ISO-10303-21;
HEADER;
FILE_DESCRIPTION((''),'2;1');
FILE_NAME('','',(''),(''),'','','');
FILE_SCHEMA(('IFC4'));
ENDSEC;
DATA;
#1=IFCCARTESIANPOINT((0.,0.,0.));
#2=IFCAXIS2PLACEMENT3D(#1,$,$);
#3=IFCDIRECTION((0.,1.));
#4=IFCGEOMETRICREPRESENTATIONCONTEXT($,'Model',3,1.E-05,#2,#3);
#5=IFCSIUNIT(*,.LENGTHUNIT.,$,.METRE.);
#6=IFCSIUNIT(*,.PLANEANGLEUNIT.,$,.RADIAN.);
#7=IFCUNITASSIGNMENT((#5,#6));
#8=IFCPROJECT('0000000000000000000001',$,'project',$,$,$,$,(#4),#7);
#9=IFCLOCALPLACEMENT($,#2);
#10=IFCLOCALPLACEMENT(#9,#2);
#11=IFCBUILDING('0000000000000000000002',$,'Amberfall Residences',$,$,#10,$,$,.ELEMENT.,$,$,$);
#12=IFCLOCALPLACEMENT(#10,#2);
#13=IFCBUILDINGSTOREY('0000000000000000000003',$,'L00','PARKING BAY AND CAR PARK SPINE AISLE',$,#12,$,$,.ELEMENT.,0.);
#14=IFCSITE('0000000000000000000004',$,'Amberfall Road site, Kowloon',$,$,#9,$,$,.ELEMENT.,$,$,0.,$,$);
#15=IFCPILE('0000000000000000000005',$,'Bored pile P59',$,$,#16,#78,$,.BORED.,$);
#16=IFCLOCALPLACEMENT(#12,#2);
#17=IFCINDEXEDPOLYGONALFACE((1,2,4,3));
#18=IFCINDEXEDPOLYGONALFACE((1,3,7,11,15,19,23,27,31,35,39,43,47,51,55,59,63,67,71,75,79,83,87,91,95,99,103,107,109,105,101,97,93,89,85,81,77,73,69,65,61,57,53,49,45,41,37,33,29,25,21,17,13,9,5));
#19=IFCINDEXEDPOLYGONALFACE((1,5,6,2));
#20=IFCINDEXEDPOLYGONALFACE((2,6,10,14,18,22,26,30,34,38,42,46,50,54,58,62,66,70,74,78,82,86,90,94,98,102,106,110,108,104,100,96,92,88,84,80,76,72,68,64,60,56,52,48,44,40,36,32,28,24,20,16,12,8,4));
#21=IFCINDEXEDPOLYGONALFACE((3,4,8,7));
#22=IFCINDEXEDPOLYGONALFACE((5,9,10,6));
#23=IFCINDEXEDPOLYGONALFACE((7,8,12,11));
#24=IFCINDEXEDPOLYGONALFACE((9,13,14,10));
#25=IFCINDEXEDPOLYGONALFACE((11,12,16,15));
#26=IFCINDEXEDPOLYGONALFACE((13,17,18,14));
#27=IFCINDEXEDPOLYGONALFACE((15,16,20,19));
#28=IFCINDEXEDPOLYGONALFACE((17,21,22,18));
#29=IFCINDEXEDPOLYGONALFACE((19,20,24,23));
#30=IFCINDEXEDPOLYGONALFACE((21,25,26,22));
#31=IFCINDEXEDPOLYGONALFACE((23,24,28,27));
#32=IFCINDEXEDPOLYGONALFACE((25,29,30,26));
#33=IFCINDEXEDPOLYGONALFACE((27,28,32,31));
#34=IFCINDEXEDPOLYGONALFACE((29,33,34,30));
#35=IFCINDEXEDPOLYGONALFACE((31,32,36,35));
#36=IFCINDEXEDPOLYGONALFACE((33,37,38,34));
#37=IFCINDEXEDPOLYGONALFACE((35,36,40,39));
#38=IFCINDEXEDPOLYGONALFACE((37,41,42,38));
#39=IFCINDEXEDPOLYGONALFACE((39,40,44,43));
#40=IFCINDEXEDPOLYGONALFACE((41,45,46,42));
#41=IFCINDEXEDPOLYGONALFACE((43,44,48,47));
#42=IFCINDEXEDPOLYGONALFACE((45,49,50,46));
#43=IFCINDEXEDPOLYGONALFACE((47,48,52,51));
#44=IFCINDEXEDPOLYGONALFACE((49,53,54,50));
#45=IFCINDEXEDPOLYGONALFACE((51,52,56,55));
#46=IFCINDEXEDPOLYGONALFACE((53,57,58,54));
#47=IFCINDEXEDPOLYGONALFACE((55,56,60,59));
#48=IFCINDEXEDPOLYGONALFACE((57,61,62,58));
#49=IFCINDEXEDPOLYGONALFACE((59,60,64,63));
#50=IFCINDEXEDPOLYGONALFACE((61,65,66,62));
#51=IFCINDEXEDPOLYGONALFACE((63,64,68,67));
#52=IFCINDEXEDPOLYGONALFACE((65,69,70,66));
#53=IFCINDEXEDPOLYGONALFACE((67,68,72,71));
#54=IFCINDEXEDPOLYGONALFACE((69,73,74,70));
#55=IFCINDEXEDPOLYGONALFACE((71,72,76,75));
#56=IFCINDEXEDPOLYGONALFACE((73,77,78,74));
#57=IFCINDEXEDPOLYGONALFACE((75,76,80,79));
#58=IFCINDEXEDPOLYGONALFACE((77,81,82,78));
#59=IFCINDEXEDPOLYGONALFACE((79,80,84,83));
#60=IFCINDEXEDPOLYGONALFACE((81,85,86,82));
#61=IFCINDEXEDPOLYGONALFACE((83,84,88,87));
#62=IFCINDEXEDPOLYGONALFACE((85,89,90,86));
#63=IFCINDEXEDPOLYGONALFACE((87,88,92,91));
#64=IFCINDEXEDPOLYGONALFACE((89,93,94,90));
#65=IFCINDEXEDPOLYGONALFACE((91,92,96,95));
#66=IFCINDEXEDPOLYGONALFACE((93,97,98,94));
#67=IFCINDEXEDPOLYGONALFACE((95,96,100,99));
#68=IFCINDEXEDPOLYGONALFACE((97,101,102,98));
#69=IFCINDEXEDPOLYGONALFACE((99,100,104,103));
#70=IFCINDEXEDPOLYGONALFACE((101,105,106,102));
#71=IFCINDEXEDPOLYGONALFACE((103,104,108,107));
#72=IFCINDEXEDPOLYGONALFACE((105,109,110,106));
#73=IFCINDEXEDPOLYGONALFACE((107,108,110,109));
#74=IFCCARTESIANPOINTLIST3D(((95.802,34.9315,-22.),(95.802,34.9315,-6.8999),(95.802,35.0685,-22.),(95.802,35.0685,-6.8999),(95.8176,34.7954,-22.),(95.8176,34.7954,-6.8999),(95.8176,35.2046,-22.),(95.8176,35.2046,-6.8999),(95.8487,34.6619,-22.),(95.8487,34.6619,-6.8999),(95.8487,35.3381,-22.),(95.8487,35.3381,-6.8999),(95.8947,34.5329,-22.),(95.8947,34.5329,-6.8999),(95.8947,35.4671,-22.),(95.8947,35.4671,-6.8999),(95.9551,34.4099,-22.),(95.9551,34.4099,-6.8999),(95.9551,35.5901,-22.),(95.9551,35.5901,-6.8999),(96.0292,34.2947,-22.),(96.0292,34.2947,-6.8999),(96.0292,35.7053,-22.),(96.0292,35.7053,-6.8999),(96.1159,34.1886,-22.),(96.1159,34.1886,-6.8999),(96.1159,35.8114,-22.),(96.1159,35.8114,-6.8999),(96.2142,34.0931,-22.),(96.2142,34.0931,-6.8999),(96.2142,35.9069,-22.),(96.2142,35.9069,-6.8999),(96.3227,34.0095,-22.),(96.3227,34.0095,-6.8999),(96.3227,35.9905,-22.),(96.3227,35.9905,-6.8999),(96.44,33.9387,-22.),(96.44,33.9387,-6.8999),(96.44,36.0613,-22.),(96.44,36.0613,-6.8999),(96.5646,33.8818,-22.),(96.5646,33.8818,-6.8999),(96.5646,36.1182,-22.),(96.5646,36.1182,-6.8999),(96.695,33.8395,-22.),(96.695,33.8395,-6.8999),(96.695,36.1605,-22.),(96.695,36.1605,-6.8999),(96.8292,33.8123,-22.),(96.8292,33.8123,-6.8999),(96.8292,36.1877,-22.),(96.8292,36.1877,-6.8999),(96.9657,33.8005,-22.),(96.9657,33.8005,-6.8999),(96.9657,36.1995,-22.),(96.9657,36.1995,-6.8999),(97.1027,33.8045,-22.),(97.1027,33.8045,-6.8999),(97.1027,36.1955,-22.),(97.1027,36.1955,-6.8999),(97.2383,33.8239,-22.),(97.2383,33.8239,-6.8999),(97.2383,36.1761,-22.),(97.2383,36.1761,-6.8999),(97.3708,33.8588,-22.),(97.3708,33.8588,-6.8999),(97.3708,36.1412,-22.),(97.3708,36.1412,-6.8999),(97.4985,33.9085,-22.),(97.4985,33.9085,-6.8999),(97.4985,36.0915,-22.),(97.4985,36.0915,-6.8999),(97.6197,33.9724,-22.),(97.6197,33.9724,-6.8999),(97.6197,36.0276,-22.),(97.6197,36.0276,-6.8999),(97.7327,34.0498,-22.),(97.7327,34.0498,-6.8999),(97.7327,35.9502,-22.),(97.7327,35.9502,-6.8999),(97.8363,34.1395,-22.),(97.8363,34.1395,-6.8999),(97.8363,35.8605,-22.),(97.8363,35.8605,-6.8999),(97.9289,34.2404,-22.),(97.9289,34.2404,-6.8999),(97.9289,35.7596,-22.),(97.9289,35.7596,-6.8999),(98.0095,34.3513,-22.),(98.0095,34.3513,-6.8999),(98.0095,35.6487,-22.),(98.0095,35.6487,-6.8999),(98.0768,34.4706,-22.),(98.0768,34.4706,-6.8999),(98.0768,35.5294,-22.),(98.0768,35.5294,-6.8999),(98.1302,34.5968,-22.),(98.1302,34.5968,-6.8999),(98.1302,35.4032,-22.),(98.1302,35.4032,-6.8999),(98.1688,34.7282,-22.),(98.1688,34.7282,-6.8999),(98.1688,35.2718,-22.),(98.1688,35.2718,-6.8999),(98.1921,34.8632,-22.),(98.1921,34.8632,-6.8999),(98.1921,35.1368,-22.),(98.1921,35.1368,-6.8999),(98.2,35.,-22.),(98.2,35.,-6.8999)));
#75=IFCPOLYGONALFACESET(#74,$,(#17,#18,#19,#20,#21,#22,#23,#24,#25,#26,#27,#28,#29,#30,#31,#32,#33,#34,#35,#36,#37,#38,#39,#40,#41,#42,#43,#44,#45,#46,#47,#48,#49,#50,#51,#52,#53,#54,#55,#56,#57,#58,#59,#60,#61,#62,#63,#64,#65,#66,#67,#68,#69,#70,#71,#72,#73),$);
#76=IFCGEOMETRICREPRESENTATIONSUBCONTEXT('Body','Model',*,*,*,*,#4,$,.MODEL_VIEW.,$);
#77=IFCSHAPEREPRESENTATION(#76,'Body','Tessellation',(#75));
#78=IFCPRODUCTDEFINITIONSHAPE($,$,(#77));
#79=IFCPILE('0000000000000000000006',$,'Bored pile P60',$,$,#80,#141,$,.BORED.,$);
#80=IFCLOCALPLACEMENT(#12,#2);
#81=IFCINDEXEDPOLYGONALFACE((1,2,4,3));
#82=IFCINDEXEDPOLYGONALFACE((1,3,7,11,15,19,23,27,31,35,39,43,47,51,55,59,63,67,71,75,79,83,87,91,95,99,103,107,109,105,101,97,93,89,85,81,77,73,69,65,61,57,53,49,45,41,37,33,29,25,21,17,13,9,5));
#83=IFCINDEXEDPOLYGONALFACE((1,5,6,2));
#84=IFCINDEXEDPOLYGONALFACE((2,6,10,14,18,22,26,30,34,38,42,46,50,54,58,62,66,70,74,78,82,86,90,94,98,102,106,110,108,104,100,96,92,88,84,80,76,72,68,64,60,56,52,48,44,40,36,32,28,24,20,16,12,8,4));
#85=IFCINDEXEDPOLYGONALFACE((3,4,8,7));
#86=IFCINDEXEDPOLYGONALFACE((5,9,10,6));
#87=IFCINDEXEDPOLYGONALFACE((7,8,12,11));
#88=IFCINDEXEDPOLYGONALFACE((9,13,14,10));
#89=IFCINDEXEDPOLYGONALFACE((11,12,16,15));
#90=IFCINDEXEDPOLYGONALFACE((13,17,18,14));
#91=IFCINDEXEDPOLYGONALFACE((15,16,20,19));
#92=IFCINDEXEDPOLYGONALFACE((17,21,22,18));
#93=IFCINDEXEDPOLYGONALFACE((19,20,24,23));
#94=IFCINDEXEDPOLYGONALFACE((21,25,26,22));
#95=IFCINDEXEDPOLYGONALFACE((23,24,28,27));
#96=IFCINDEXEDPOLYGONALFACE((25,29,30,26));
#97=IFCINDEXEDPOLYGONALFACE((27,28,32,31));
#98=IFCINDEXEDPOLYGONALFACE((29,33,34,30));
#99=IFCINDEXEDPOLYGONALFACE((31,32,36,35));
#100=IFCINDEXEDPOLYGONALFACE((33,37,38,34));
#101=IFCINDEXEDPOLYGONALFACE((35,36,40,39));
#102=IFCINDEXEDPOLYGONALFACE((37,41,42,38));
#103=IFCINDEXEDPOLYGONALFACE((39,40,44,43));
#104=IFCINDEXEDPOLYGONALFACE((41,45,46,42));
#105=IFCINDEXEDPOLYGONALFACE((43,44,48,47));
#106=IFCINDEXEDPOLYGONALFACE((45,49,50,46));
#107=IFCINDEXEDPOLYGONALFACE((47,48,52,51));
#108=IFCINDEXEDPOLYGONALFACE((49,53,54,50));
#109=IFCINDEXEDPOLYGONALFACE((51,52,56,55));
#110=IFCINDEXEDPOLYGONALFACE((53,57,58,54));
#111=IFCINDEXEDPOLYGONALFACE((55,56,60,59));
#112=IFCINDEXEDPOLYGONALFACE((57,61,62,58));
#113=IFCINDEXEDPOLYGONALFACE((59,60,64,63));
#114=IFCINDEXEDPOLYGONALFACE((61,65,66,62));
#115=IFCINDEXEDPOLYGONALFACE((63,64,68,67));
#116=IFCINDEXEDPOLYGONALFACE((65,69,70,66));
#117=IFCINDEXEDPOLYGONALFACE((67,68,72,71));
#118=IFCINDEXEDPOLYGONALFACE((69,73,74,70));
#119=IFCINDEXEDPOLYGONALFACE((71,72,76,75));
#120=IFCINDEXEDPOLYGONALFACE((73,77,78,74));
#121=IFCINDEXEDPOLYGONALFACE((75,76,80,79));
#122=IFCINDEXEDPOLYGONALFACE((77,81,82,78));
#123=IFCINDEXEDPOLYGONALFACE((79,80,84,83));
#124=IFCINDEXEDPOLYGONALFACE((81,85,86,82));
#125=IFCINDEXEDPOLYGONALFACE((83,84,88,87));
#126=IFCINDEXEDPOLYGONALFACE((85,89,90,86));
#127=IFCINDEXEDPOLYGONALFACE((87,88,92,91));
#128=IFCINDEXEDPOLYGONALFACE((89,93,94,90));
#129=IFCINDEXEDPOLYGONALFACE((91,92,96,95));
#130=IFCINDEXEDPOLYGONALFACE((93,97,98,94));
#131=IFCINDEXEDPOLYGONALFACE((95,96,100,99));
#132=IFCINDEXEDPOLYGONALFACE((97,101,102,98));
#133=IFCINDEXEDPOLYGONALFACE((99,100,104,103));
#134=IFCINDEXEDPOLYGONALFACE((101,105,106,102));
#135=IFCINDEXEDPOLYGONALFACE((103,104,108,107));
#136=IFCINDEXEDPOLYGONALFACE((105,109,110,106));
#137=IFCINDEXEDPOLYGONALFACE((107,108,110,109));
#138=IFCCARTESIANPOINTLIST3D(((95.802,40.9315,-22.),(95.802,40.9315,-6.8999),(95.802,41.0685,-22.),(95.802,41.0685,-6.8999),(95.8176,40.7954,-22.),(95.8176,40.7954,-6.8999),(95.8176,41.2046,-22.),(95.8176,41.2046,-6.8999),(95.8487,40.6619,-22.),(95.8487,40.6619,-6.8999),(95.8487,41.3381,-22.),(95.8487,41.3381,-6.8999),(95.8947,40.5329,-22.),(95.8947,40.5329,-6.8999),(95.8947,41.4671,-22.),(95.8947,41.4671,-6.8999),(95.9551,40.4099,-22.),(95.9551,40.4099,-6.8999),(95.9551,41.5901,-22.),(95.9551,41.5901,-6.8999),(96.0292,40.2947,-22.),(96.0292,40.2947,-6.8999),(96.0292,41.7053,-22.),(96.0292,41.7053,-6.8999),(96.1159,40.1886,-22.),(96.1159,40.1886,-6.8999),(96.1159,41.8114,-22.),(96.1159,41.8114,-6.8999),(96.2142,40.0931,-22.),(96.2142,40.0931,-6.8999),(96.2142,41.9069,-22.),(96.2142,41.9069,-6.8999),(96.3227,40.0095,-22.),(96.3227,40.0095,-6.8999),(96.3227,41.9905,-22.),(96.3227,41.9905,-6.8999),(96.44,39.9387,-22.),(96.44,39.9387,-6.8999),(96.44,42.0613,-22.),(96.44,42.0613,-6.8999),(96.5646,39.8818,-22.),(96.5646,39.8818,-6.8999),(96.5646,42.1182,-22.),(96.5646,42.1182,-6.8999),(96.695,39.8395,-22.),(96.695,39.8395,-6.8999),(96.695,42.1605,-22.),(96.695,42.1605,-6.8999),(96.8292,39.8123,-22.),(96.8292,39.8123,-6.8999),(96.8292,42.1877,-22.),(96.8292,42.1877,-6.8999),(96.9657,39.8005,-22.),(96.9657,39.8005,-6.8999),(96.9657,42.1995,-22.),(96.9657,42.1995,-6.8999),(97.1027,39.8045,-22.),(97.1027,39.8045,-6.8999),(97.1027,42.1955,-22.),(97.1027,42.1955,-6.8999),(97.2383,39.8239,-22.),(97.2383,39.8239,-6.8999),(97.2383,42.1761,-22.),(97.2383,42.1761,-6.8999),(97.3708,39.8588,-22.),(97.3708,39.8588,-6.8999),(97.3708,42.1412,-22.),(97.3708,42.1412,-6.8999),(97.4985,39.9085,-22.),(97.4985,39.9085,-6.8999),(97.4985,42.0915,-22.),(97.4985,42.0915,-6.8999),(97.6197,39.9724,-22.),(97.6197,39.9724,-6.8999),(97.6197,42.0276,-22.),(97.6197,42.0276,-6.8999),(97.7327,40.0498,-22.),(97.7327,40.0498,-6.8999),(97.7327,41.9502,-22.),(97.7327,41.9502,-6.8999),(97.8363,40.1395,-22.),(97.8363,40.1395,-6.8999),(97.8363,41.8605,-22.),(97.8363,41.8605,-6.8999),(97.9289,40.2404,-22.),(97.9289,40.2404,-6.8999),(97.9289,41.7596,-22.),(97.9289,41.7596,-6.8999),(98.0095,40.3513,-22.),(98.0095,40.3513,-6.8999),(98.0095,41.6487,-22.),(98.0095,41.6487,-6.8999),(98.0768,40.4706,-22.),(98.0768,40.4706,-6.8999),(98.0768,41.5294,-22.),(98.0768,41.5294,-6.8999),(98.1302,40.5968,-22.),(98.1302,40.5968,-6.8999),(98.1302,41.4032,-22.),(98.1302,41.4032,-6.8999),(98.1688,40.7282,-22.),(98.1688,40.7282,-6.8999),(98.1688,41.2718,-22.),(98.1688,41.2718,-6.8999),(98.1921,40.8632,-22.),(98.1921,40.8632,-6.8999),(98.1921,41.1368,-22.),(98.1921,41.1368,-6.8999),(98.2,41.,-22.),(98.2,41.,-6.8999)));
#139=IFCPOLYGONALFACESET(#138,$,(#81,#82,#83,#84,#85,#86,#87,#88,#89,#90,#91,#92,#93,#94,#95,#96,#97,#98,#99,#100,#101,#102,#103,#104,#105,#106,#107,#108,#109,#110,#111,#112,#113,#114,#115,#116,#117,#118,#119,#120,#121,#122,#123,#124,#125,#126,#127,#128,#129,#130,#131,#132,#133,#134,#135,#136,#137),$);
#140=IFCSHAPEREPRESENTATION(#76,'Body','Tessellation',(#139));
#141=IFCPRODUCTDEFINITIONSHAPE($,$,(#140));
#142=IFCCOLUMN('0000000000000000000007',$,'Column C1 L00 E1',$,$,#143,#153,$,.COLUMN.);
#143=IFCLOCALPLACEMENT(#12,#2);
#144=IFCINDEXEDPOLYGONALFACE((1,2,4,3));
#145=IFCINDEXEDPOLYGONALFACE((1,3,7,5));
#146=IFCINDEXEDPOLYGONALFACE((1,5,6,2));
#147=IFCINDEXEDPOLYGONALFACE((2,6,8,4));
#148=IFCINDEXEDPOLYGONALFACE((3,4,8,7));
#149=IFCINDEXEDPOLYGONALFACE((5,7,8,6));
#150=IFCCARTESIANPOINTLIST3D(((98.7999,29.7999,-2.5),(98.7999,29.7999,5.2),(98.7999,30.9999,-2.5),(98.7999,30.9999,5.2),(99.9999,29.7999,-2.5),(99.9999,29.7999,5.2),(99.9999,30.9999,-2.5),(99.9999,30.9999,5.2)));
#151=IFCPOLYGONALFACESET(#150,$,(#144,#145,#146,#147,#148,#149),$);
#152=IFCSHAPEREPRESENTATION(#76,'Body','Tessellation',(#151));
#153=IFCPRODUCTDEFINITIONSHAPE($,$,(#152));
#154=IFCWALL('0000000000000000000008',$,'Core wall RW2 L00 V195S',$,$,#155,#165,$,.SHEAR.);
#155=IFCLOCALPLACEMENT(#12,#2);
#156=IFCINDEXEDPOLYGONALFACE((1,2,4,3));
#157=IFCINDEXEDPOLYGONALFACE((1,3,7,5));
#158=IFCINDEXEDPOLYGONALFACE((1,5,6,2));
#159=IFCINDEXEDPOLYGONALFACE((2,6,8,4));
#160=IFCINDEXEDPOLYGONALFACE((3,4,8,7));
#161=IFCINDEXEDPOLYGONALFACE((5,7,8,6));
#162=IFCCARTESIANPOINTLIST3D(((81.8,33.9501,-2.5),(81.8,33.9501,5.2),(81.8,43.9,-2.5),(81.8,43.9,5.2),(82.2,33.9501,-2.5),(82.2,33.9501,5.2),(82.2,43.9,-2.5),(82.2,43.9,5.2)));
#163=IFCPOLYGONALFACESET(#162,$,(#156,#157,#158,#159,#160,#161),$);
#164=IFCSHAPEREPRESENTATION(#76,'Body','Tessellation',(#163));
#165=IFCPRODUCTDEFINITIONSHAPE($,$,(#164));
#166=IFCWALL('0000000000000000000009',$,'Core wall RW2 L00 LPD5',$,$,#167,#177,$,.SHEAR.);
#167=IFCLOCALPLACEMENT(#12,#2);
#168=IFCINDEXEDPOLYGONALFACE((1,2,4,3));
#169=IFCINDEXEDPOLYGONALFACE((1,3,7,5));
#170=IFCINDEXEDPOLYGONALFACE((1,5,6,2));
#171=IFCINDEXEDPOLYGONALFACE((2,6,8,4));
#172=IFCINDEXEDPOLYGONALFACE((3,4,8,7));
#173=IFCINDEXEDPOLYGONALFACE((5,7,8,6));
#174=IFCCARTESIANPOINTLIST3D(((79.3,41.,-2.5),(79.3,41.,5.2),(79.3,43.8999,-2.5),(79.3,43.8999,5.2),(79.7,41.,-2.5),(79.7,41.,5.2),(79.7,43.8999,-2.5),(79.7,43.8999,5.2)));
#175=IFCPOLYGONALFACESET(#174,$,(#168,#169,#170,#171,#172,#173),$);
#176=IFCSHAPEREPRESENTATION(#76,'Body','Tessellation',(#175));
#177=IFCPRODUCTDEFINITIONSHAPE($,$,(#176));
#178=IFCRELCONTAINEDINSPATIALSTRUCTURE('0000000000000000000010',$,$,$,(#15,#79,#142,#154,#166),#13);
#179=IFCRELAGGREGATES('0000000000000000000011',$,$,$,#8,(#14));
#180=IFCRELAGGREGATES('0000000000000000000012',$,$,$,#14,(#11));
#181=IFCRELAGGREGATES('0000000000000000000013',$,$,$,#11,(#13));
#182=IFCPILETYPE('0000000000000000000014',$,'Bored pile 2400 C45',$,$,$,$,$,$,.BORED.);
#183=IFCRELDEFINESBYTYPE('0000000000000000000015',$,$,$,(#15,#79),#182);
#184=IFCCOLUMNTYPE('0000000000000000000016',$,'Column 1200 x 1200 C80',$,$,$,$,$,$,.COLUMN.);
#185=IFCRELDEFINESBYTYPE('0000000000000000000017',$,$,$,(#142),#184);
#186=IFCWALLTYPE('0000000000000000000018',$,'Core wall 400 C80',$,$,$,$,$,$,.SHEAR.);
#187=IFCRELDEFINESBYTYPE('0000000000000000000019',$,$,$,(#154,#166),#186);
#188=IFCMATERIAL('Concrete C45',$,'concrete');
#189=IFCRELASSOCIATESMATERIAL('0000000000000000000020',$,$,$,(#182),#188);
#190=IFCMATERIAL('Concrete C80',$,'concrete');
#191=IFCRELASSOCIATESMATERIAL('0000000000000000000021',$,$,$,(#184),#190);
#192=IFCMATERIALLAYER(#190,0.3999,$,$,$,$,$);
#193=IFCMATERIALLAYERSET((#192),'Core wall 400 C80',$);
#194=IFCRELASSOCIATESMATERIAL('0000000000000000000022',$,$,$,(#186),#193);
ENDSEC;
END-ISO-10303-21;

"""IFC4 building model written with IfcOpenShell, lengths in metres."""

from ifc_helpers import new_model, si_unit, direction, frame, frame_2d, origin, origin_2d, place, context, subcontext, project, spatial, rectangle, circle, extrude, material, layer, layer_set, material_profile, profile_set, type_object, element, save


model = new_model("IFC4")

# Units and contexts
model_context = context("Model", 3, precision=1e-05, world=origin(), true_north=direction((0.0, 1.0)))
body_context = subcontext(model_context, "Body", "Model", "MODEL_VIEW")
ifc_project = project(units=[si_unit("LENGTHUNIT", "METRE"), si_unit("PLANEANGLEUNIT", "RADIAN")], contexts=[model_context])

# Site, building, storey
site_placement = place(None, origin())
site = spatial("IfcSite", under=ifc_project, at=site_placement, Name="Amberfall Road site, Kowloon", CompositionType="ELEMENT", RefElevation=0.0)
building_placement = place(site_placement, origin())
building = spatial("IfcBuilding", under=site, at=building_placement, Name="Amberfall Residences", CompositionType="ELEMENT")
storey_placement = place(building_placement, origin())
storey = spatial("IfcBuildingStorey", under=building, at=storey_placement, Name="L00", Description="PARKING BAY AND CAR PARK SPINE AISLE", CompositionType="ELEMENT", Elevation=0.0)

# Piles
ifc_material_1 = material(Name="Concrete C45", Category="concrete")
ifc_material_profile_1 = material_profile(ifc_material_1, circle(Radius=1.2, at=origin_2d()), Name="Bored pile 2400 C45")
ifc_profile_set_1 = profile_set([ifc_material_profile_1], Name="Concrete C45")
pile_type = type_object("IfcPileType", Name="Bored pile 2400 C45", PredefinedType="BORED", material=ifc_profile_set_1)
for number, where, z_axis, x_axis, name in (
    (1, (97.0, 35.0, -6.8999), (0.0, 0.0, -1.0), (1.0, 0.0, 0.0), "Bored pile P59"),
    (2, (97.0, 41.0, -6.8999), (0.0, 0.0, -1.0), (1.0, 0.0, 0.0), "Bored pile P60"),
):
    element("IfcPile", number, at=place(storey_placement, frame(where, z_axis=z_axis, x_axis=x_axis)), inside=storey, type_object=pile_type, Name=name, PredefinedType="BORED", context=body_context, shape_type="SweptSolid", body=[
        extrude(circle(Radius=1.2, at=origin_2d()), origin(), (0.0, 0.0, 1.0), 15.1001),
    ])

# Column
ifc_material_2 = material(Name="Concrete C80", Category="concrete")
ifc_material_profile_2 = material_profile(ifc_material_2, rectangle(XDim=1.2, YDim=1.2, at=origin_2d()), Name="Column 1200 x 1200 C80")
ifc_profile_set_2 = profile_set([ifc_material_profile_2], Name="Concrete C80")
column_type = type_object("IfcColumnType", Name="Column 1200 x 1200 C80", PredefinedType="COLUMN", material=ifc_profile_set_2)
column_placement = place(storey_placement, frame((99.3999, 30.3999, -2.5), z_axis=(0.0, 0.0, 1.0), x_axis=(1.0, 0.0, 0.0)))
element("IfcColumn", 3, at=column_placement, inside=storey, type_object=column_type, Name="Column C1 L00 E1", PredefinedType="COLUMN", context=body_context, shape_type="SweptSolid", body=[
    extrude(rectangle(XDim=1.2, YDim=1.2, at=origin_2d()), origin(), (0.0, 0.0, 1.0), 7.7),
])

# Walls
ifc_layer_1 = layer(ifc_material_2, 0.3999)
ifc_layer_set_1 = layer_set([ifc_layer_1], Name="Core wall 400 C80")
wall_type_1 = type_object("IfcWallType", Name="Core wall 400 C80", PredefinedType="SHEAR", material=ifc_layer_set_1)
wall_1_placement = place(storey_placement, frame((82.0, 33.95, -2.5), z_axis=(0.0, 0.0, 1.0), x_axis=(0.0, 1.0, 0.0)))
element("IfcWall", 4, at=wall_1_placement, inside=storey, type_object=wall_type_1, Name="Core wall RW2 L00 V195S", PredefinedType="SHEAR", context=body_context, shape_type="SweptSolid", body=[
    extrude(rectangle(XDim=9.95, YDim=0.3999, at=frame_2d((4.9751, 0.0))), origin(), (0.0, 0.0, 1.0), 7.7),
])
wall_2_placement = place(storey_placement, frame((79.5, 41.0, -2.5), z_axis=(0.0, 0.0, 1.0), x_axis=(0.0, 1.0, 0.0)))
element("IfcWall", 5, at=wall_2_placement, inside=storey, type_object=wall_type_1, Name="Core wall RW2 L00 LPD5", PredefinedType="SHEAR", context=body_context, shape_type="SweptSolid", body=[
    extrude(rectangle(XDim=2.8999, YDim=0.3999, at=frame_2d((1.45, 0.0))), origin(), (0.0, 0.0, 1.0), 7.7),
])

save(model, "model.ifc")
